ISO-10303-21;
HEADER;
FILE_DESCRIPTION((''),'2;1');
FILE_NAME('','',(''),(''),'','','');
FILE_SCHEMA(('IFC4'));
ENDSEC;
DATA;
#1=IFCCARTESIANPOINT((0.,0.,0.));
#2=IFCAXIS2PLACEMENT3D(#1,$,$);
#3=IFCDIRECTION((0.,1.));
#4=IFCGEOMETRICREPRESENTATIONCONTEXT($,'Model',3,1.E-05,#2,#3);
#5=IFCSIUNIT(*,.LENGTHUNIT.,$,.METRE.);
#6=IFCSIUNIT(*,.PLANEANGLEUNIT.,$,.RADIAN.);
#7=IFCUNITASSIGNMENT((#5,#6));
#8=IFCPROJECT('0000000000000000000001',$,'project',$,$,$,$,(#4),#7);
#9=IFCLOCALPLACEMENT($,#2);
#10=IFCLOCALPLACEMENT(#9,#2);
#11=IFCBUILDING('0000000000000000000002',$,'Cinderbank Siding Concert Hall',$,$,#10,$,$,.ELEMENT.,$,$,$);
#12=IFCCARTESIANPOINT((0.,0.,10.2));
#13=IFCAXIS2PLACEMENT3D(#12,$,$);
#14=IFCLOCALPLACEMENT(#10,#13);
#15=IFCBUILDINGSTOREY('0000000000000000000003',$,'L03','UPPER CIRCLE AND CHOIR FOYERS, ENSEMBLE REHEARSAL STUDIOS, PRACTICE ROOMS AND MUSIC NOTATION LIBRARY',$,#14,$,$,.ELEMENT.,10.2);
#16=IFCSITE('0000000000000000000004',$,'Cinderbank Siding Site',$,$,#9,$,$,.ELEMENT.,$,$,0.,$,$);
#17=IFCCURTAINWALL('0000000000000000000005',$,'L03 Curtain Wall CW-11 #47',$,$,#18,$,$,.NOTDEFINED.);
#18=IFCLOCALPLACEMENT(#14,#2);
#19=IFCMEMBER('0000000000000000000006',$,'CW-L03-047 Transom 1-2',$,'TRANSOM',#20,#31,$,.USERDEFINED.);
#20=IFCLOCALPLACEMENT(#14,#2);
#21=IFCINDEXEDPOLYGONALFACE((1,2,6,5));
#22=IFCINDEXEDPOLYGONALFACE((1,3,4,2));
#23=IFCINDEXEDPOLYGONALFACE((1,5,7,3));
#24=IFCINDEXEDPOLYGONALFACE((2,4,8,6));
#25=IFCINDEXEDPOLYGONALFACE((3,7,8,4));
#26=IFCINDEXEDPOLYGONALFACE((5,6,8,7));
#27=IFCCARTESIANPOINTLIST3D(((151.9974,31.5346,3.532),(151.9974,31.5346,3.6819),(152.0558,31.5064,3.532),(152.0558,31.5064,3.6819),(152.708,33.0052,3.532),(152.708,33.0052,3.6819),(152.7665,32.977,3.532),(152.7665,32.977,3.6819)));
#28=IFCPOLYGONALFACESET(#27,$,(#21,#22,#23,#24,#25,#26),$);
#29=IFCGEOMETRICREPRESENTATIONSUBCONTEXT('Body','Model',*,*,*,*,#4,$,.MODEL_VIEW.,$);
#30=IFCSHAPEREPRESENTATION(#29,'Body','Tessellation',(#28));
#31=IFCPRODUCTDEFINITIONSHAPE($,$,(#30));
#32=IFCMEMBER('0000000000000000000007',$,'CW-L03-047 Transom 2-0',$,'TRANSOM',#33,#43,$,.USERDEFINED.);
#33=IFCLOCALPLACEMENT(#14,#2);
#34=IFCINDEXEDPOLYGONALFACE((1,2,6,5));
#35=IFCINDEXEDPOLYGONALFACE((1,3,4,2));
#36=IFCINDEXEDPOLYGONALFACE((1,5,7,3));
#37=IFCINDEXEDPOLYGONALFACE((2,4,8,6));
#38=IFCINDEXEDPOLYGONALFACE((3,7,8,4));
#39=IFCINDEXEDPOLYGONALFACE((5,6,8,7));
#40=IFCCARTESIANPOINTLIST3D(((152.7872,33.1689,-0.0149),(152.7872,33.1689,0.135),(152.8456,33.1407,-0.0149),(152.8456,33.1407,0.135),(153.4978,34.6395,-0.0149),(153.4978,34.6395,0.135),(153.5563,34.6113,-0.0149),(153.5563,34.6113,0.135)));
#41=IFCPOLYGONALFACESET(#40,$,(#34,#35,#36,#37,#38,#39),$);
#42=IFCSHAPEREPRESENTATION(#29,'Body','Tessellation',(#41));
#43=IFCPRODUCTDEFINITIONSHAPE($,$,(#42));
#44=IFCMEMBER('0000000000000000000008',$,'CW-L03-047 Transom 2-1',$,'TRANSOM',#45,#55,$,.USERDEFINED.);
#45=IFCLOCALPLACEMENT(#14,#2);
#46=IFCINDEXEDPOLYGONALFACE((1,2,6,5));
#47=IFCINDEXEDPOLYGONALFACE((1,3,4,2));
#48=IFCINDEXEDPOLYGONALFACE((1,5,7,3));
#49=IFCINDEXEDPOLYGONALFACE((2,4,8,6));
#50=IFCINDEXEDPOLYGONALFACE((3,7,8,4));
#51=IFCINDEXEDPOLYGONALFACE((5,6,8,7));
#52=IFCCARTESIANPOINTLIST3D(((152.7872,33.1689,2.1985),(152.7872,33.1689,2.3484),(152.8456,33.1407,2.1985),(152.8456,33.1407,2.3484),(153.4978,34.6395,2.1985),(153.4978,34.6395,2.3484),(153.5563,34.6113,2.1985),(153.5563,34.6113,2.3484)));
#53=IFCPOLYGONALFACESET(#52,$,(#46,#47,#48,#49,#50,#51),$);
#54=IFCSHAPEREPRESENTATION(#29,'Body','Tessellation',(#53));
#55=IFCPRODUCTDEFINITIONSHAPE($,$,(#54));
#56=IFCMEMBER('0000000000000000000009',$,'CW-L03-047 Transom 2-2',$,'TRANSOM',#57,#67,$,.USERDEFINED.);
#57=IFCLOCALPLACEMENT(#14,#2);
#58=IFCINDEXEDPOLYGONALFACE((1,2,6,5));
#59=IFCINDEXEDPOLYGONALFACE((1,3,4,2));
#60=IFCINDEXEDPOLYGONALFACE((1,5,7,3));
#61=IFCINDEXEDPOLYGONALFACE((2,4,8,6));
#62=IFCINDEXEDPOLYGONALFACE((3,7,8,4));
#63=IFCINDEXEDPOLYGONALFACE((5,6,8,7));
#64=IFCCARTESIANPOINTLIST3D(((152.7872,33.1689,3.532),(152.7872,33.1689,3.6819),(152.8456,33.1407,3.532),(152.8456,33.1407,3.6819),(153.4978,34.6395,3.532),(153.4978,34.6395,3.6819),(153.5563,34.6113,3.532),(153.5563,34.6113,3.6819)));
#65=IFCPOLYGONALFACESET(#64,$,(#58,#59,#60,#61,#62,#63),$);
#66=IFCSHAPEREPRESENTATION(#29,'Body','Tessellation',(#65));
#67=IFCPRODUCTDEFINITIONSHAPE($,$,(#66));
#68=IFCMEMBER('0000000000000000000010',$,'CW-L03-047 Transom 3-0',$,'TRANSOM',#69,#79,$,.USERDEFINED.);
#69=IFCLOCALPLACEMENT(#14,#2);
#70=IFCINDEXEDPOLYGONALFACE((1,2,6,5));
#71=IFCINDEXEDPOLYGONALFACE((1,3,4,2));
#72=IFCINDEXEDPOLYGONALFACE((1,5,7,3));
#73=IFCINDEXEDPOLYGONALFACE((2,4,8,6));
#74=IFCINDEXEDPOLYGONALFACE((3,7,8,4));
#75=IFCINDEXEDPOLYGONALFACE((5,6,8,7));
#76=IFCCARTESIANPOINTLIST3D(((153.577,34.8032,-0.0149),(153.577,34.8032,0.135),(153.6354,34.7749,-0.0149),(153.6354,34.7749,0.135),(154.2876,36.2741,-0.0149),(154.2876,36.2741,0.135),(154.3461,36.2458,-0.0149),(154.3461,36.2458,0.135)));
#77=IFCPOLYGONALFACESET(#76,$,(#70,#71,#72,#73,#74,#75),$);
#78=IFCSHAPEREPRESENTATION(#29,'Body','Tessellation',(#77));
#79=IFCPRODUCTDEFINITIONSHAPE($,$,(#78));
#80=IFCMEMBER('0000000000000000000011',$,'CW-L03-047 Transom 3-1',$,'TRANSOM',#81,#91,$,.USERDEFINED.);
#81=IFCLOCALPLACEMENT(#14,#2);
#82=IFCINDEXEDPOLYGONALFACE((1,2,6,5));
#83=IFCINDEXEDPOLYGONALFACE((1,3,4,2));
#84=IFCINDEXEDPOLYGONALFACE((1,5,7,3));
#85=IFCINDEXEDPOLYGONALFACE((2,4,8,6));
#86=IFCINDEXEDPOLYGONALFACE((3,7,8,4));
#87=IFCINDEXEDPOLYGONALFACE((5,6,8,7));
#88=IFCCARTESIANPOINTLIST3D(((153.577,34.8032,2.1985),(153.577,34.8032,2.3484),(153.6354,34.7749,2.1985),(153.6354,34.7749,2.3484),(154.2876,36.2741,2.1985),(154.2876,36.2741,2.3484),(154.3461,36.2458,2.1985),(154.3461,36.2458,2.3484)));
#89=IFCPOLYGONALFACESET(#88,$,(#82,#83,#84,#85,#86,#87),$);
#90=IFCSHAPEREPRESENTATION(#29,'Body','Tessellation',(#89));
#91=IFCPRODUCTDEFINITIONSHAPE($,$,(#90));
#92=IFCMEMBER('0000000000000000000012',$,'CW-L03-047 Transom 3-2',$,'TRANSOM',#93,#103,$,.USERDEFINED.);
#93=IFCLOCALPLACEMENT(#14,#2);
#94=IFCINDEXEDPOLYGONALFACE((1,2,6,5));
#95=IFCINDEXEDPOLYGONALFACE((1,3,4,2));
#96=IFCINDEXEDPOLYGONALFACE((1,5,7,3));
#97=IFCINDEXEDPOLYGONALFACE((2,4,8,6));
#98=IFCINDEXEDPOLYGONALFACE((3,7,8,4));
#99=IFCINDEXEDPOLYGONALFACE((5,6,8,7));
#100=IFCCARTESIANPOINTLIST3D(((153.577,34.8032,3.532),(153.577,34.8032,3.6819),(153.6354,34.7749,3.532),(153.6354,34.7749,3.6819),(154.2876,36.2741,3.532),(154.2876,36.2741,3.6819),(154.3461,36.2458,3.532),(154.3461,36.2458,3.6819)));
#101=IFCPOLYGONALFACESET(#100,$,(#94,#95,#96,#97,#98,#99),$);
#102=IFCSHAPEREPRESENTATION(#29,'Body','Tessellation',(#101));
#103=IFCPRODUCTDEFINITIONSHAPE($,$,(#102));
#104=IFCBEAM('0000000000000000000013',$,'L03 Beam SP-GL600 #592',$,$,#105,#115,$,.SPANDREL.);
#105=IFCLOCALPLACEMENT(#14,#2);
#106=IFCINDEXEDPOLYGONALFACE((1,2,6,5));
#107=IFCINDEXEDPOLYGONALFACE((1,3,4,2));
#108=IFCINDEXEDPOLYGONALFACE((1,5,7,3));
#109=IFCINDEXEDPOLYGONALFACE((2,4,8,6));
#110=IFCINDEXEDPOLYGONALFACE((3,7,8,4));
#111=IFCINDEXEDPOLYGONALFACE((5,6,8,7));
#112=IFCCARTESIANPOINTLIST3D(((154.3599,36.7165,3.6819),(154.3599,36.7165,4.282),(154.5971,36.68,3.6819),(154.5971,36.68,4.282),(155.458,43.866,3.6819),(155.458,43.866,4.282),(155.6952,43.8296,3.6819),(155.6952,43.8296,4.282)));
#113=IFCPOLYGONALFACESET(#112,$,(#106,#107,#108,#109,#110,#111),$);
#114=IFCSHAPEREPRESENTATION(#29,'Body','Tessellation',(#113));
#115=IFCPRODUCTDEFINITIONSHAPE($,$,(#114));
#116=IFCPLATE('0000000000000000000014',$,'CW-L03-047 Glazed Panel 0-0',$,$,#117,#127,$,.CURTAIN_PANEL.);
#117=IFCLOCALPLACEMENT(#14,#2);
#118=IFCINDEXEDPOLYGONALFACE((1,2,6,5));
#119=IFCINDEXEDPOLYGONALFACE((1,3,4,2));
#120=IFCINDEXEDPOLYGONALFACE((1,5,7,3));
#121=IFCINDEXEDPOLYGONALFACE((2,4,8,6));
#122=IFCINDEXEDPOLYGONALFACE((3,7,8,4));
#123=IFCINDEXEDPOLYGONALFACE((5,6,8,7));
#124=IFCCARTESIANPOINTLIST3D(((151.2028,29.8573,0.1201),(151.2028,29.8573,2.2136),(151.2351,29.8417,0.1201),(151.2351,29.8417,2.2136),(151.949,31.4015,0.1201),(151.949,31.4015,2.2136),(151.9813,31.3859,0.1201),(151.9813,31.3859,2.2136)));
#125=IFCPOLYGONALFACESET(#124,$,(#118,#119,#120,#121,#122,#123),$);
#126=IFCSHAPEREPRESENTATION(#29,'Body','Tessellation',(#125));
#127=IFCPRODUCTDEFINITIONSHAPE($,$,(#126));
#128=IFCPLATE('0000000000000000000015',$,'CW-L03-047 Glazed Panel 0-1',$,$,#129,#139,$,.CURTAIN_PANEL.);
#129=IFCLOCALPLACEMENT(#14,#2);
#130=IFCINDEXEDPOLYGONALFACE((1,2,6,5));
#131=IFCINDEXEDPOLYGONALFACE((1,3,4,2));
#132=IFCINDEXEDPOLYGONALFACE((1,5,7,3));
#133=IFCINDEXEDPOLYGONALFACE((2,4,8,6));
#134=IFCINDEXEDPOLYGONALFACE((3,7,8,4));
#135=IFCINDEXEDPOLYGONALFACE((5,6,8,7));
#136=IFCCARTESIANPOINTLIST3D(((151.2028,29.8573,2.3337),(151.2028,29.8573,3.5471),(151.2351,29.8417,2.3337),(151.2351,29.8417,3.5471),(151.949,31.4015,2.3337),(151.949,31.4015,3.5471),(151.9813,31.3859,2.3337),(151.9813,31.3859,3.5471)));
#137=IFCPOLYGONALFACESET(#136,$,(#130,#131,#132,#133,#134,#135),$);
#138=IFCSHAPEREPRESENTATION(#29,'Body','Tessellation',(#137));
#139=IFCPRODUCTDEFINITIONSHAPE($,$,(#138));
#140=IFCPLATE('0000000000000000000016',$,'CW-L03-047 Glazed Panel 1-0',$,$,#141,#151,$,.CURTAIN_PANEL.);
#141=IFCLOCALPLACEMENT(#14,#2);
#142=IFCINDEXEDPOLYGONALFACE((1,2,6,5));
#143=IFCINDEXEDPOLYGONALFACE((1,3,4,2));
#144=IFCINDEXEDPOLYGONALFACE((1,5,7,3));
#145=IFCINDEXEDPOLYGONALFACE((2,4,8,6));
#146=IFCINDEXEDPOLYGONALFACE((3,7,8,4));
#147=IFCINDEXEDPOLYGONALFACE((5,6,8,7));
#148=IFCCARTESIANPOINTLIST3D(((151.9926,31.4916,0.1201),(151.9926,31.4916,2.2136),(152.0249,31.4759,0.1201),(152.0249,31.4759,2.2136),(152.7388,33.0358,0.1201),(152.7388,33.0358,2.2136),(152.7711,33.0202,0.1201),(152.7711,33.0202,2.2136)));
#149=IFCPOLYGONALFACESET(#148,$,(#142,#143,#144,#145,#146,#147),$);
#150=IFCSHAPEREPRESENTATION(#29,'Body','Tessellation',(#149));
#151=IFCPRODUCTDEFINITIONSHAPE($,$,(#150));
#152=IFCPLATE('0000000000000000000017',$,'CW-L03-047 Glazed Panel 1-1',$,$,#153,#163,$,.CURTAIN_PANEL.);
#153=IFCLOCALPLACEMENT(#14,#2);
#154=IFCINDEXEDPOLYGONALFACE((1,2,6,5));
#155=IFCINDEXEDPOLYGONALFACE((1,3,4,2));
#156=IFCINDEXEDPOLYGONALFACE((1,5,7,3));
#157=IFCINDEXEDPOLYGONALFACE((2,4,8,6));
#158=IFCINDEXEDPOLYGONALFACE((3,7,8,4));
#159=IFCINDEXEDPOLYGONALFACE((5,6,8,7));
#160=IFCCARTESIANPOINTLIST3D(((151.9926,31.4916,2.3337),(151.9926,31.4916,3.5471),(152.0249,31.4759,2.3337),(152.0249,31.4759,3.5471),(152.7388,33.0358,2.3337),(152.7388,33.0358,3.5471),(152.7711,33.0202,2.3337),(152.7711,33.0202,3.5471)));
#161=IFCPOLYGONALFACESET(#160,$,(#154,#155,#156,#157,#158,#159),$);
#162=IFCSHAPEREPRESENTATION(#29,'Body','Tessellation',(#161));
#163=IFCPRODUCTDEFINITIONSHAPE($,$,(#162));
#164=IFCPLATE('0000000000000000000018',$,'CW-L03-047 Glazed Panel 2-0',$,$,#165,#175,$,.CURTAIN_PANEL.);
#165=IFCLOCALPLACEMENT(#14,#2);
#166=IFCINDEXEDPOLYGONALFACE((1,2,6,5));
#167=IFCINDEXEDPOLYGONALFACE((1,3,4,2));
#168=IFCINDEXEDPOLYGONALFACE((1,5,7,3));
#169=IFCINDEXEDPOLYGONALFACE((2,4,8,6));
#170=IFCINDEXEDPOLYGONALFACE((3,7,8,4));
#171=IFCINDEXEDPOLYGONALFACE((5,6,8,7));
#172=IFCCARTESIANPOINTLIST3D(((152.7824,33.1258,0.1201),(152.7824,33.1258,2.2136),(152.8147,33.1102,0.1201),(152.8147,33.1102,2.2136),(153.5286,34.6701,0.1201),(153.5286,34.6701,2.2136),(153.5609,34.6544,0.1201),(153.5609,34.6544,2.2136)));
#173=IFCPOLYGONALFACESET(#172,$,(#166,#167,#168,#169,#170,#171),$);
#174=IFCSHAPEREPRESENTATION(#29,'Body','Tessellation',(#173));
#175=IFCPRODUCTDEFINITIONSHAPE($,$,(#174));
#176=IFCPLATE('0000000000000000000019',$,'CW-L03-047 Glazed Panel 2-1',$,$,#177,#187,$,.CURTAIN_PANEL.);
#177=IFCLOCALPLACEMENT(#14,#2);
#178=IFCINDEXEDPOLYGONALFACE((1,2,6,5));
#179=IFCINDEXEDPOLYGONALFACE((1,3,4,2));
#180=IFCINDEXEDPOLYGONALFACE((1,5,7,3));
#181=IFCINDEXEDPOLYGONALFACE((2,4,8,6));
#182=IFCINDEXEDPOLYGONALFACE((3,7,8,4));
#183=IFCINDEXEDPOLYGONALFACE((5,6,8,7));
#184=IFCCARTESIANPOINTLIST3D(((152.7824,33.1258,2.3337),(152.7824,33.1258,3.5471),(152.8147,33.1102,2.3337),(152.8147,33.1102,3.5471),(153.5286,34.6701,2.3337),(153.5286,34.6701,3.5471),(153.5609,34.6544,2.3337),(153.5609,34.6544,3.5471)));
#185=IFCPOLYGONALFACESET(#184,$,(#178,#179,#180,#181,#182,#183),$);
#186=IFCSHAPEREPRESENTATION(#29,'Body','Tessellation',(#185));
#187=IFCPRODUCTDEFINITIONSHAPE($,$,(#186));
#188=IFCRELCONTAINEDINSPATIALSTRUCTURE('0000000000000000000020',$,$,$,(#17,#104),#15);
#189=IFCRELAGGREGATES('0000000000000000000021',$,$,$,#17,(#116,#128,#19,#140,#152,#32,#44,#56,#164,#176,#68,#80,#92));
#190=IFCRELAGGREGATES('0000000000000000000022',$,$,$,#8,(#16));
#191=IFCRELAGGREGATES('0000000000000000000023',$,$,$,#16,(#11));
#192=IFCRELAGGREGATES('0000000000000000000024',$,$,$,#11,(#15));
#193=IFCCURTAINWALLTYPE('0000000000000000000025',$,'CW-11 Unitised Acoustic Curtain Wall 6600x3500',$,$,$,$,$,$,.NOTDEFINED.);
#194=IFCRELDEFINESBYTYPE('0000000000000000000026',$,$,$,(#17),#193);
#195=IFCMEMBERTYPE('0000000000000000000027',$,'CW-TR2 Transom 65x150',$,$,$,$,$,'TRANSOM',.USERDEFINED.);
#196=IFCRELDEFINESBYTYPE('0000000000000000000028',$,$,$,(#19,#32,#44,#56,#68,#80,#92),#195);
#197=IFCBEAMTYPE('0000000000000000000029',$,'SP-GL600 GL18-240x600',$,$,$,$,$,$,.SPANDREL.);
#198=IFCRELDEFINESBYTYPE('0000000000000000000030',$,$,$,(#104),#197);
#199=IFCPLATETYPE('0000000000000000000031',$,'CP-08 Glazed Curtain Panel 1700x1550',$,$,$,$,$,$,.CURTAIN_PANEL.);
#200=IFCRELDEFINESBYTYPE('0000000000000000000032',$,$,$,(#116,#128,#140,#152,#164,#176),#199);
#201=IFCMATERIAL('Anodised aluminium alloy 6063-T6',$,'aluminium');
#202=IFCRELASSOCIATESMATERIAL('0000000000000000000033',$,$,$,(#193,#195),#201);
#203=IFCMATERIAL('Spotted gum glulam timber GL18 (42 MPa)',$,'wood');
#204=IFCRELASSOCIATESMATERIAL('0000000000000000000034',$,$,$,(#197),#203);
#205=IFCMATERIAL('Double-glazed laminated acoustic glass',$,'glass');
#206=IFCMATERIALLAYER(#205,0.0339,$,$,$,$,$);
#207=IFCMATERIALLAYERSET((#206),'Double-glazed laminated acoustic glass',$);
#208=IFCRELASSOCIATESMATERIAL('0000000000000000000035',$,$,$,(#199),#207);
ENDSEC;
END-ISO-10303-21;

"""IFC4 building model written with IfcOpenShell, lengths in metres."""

from ifc_helpers import new_model, si_unit, direction, frame, origin, origin_2d, place, context, subcontext, project, spatial, rectangle, extrude, material, layer, layer_set, material_profile, profile_set, type_object, element, aggregate, save


model = new_model("IFC4")

# Units and contexts
model_context = context("Model", 3, precision=1e-05, world=origin(), true_north=direction((0.0, 1.0)))
body_context = subcontext(model_context, "Body", "Model", "MODEL_VIEW")
ifc_project = project(units=[si_unit("LENGTHUNIT", "METRE"), si_unit("PLANEANGLEUNIT", "RADIAN")], contexts=[model_context])

# Site, building, storey
site_placement = place(None, origin())
site = spatial("IfcSite", under=ifc_project, at=site_placement, Name="Cinderbank Siding Site", CompositionType="ELEMENT", RefElevation=0.0)
building_placement = place(site_placement, origin())
building = spatial("IfcBuilding", under=site, at=building_placement, Name="Cinderbank Siding Concert Hall", CompositionType="ELEMENT")
storey_placement = place(building_placement, frame((0.0, 0.0, 10.2)))
storey = spatial("IfcBuildingStorey", under=building, at=storey_placement, Name="L03", Description="UPPER CIRCLE AND CHOIR FOYERS, ENSEMBLE REHEARSAL STUDIOS, PRACTICE ROOMS AND MUSIC NOTATION LIBRARY", CompositionType="ELEMENT", Elevation=10.2)

# Shared definitions
ifc_material_1 = material(Name="Anodised aluminium alloy 6063-T6", Category="aluminium")

# Curtain wall
curtain_wall_type_1 = type_object("IfcCurtainWallType", Name="CW-11 Unitised Acoustic Curtain Wall 6600x3500", PredefinedType="NOTDEFINED", material=ifc_material_1)
curtain_wall_1_placement = place(storey_placement, origin())
curtain_wall_1 = element("IfcCurtainWall", 1, at=curtain_wall_1_placement, inside=storey, type_object=curtain_wall_type_1, Name="L03 Curtain Wall CW-11 #47", PredefinedType="NOTDEFINED")

# Members
ifc_material_profile_1 = material_profile(ifc_material_1, rectangle(XDim=0.0649, YDim=0.1499, at=origin_2d()), Name="ALU-TRAN-65x150", Category="LoadBearing")
ifc_profile_set_1 = profile_set([ifc_material_profile_1], Name="Anodised aluminium alloy 6063-T6")
member_type_1 = type_object("IfcMemberType", Name="CW-TR2 Transom 65x150", ElementType="TRANSOM", PredefinedType="USERDEFINED", material=ifc_profile_set_1)
member_1_placement = place(storey_placement, frame((152.0266, 31.5205, 3.6069), z_axis=(0.435096, 0.900384, 0.0), x_axis=(-0.900384, 0.435096, 0.0)))
member_1 = element("IfcMember", 2, at=member_1_placement, type_object=member_type_1, Name="CW-L03-047 Transom 1-2", ObjectType="TRANSOM", PredefinedType="USERDEFINED", context=body_context, shape_type="SweptSolid", body=[
    extrude(rectangle(XDim=0.0649, YDim=0.1499, at=origin_2d()), origin(), (0.0, 0.0, 1.0), 1.6333),
])
member_2_placement = place(storey_placement, frame((152.8164, 33.1548, 0.0601), z_axis=(0.435096, 0.900384, 0.0), x_axis=(-0.900384, 0.435096, 0.0)))
member_2 = element("IfcMember", 3, at=member_2_placement, type_object=member_type_1, Name="CW-L03-047 Transom 2-0", ObjectType="TRANSOM", PredefinedType="USERDEFINED", context=body_context, shape_type="SweptSolid", body=[
    extrude(rectangle(XDim=0.0649, YDim=0.1499, at=origin_2d()), origin(), (0.0, 0.0, 1.0), 1.6333),
])
member_3_placement = place(storey_placement, frame((152.8164, 33.1548, 2.2734), z_axis=(0.435096, 0.900384, 0.0), x_axis=(-0.900384, 0.435096, 0.0)))
member_3 = element("IfcMember", 4, at=member_3_placement, type_object=member_type_1, Name="CW-L03-047 Transom 2-1", ObjectType="TRANSOM", PredefinedType="USERDEFINED", context=body_context, shape_type="SweptSolid", body=[
    extrude(rectangle(XDim=0.0649, YDim=0.1499, at=origin_2d()), origin(), (0.0, 0.0, 1.0), 1.6333),
])
member_4_placement = place(storey_placement, frame((152.8164, 33.1548, 3.6069), z_axis=(0.435096, 0.900384, 0.0), x_axis=(-0.900384, 0.435096, 0.0)))
member_4 = element("IfcMember", 5, at=member_4_placement, type_object=member_type_1, Name="CW-L03-047 Transom 2-2", ObjectType="TRANSOM", PredefinedType="USERDEFINED", context=body_context, shape_type="SweptSolid", body=[
    extrude(rectangle(XDim=0.0649, YDim=0.1499, at=origin_2d()), origin(), (0.0, 0.0, 1.0), 1.6333),
])
member_5_placement = place(storey_placement, frame((153.6062, 34.7891, 0.0601), z_axis=(0.435037, 0.900412, 0.0), x_axis=(-0.900412, 0.435037, 0.0)))
member_5 = element("IfcMember", 6, at=member_5_placement, type_object=member_type_1, Name="CW-L03-047 Transom 3-0", ObjectType="TRANSOM", PredefinedType="USERDEFINED", context=body_context, shape_type="SweptSolid", body=[
    extrude(rectangle(XDim=0.0649, YDim=0.1499, at=origin_2d()), origin(), (0.0, 0.0, 1.0), 1.6335),
])
member_6_placement = place(storey_placement, frame((153.6062, 34.7891, 2.2734), z_axis=(0.435037, 0.900412, 0.0), x_axis=(-0.900412, 0.435037, 0.0)))
member_6 = element("IfcMember", 7, at=member_6_placement, type_object=member_type_1, Name="CW-L03-047 Transom 3-1", ObjectType="TRANSOM", PredefinedType="USERDEFINED", context=body_context, shape_type="SweptSolid", body=[
    extrude(rectangle(XDim=0.0649, YDim=0.1499, at=origin_2d()), origin(), (0.0, 0.0, 1.0), 1.6335),
])
member_7_placement = place(storey_placement, frame((153.6062, 34.7891, 3.6069), z_axis=(0.435037, 0.900412, 0.0), x_axis=(-0.900412, 0.435037, 0.0)))
member_7 = element("IfcMember", 8, at=member_7_placement, type_object=member_type_1, Name="CW-L03-047 Transom 3-2", ObjectType="TRANSOM", PredefinedType="USERDEFINED", context=body_context, shape_type="SweptSolid", body=[
    extrude(rectangle(XDim=0.0649, YDim=0.1499, at=origin_2d()), origin(), (0.0, 0.0, 1.0), 1.6335),
])

# Beam
ifc_material_2 = material(Name="Spotted gum glulam timber GL18 (42 MPa)", Category="wood")
ifc_material_profile_2 = material_profile(ifc_material_2, rectangle(XDim=0.24, YDim=0.6001, at=origin_2d()), Name="GL18-240x600", Category="LoadBearing")
ifc_profile_set_2 = profile_set([ifc_material_profile_2], Name="Spotted gum glulam timber GL18 (42 MPa)")
beam_type_1 = type_object("IfcBeamType", Name="SP-GL600 GL18-240x600", PredefinedType="SPANDREL", material=ifc_profile_set_2)
beam_1_placement = place(storey_placement, frame((154.4785, 36.6982, 3.9819), z_axis=(0.151814, 0.988409, 0.0), x_axis=(-0.988409, 0.151814, 0.0)))
element("IfcBeam", 9, at=beam_1_placement, inside=storey, type_object=beam_type_1, Name="L03 Beam SP-GL600 #592", PredefinedType="SPANDREL", context=body_context, shape_type="SweptSolid", body=[
    extrude(rectangle(XDim=0.24, YDim=0.6001, at=origin_2d()), origin(), (0.0, 0.0, 1.0), 7.2334),
])

# Plates
ifc_material_3 = material(Name="Double-glazed laminated acoustic glass", Category="glass")
ifc_layer_1 = layer(ifc_material_3, 0.0339)
ifc_layer_set_1 = layer_set([ifc_layer_1], Name="Double-glazed laminated acoustic glass")
plate_type = type_object("IfcPlateType", Name="CP-08 Glazed Curtain Panel 1700x1550", PredefinedType="CURTAIN_PANEL", material=ifc_layer_set_1)
plate_1_placement = place(storey_placement, frame((151.592, 30.6216, 0.1201), z_axis=(0.0, 0.0, 1.0), x_axis=(0.435102, 0.900381, 0.0)))
plate_1 = element("IfcPlate", 10, at=plate_1_placement, type_object=plate_type, Name="CW-L03-047 Glazed Panel 0-0", PredefinedType="CURTAIN_PANEL", context=body_context, shape_type="SweptSolid", body=[
    extrude(rectangle(XDim=1.7151, YDim=0.0359, at=origin_2d()), origin(), (0.0, 0.0, 1.0), 2.0935),
])
plate_2_placement = place(storey_placement, frame((151.592, 30.6216, 2.3337), z_axis=(0.0, 0.0, 1.0), x_axis=(0.435102, 0.900381, 0.0)))
plate_2 = element("IfcPlate", 11, at=plate_2_placement, type_object=plate_type, Name="CW-L03-047 Glazed Panel 0-1", PredefinedType="CURTAIN_PANEL", context=body_context, shape_type="SweptSolid", body=[
    extrude(rectangle(XDim=1.7151, YDim=0.0359, at=origin_2d()), origin(), (0.0, 0.0, 1.0), 1.2134),
])
plate_3_placement = place(storey_placement, frame((152.3818, 32.2559, 0.1201), z_axis=(0.0, 0.0, 1.0), x_axis=(0.435102, 0.900381, 0.0)))
plate_3 = element("IfcPlate", 12, at=plate_3_placement, type_object=plate_type, Name="CW-L03-047 Glazed Panel 1-0", PredefinedType="CURTAIN_PANEL", context=body_context, shape_type="SweptSolid", body=[
    extrude(rectangle(XDim=1.7151, YDim=0.0359, at=origin_2d()), origin(), (0.0, 0.0, 1.0), 2.0935),
])
plate_4_placement = place(storey_placement, frame((152.3818, 32.2559, 2.3337), z_axis=(0.0, 0.0, 1.0), x_axis=(0.435102, 0.900381, 0.0)))
plate_4 = element("IfcPlate", 13, at=plate_4_placement, type_object=plate_type, Name="CW-L03-047 Glazed Panel 1-1", PredefinedType="CURTAIN_PANEL", context=body_context, shape_type="SweptSolid", body=[
    extrude(rectangle(XDim=1.7151, YDim=0.0359, at=origin_2d()), origin(), (0.0, 0.0, 1.0), 1.2134),
])
plate_5_placement = place(storey_placement, frame((153.1716, 33.8901, 0.1201), z_axis=(0.0, 0.0, 1.0), x_axis=(0.435102, 0.900381, 0.0)))
plate_5 = element("IfcPlate", 14, at=plate_5_placement, type_object=plate_type, Name="CW-L03-047 Glazed Panel 2-0", PredefinedType="CURTAIN_PANEL", context=body_context, shape_type="SweptSolid", body=[
    extrude(rectangle(XDim=1.7151, YDim=0.0359, at=origin_2d()), origin(), (0.0, 0.0, 1.0), 2.0935),
])
plate_6_placement = place(storey_placement, frame((153.1716, 33.8901, 2.3337), z_axis=(0.0, 0.0, 1.0), x_axis=(0.435102, 0.900381, 0.0)))
plate_6 = element("IfcPlate", 15, at=plate_6_placement, type_object=plate_type, Name="CW-L03-047 Glazed Panel 2-1", PredefinedType="CURTAIN_PANEL", context=body_context, shape_type="SweptSolid", body=[
    extrude(rectangle(XDim=1.7151, YDim=0.0359, at=origin_2d()), origin(), (0.0, 0.0, 1.0), 1.2134),
])
aggregate(curtain_wall_1, [plate_1, plate_2, member_1, plate_3, plate_4, member_2, member_3, member_4, plate_5, plate_6, member_5, member_6, member_7])

save(model, "model.ifc")
